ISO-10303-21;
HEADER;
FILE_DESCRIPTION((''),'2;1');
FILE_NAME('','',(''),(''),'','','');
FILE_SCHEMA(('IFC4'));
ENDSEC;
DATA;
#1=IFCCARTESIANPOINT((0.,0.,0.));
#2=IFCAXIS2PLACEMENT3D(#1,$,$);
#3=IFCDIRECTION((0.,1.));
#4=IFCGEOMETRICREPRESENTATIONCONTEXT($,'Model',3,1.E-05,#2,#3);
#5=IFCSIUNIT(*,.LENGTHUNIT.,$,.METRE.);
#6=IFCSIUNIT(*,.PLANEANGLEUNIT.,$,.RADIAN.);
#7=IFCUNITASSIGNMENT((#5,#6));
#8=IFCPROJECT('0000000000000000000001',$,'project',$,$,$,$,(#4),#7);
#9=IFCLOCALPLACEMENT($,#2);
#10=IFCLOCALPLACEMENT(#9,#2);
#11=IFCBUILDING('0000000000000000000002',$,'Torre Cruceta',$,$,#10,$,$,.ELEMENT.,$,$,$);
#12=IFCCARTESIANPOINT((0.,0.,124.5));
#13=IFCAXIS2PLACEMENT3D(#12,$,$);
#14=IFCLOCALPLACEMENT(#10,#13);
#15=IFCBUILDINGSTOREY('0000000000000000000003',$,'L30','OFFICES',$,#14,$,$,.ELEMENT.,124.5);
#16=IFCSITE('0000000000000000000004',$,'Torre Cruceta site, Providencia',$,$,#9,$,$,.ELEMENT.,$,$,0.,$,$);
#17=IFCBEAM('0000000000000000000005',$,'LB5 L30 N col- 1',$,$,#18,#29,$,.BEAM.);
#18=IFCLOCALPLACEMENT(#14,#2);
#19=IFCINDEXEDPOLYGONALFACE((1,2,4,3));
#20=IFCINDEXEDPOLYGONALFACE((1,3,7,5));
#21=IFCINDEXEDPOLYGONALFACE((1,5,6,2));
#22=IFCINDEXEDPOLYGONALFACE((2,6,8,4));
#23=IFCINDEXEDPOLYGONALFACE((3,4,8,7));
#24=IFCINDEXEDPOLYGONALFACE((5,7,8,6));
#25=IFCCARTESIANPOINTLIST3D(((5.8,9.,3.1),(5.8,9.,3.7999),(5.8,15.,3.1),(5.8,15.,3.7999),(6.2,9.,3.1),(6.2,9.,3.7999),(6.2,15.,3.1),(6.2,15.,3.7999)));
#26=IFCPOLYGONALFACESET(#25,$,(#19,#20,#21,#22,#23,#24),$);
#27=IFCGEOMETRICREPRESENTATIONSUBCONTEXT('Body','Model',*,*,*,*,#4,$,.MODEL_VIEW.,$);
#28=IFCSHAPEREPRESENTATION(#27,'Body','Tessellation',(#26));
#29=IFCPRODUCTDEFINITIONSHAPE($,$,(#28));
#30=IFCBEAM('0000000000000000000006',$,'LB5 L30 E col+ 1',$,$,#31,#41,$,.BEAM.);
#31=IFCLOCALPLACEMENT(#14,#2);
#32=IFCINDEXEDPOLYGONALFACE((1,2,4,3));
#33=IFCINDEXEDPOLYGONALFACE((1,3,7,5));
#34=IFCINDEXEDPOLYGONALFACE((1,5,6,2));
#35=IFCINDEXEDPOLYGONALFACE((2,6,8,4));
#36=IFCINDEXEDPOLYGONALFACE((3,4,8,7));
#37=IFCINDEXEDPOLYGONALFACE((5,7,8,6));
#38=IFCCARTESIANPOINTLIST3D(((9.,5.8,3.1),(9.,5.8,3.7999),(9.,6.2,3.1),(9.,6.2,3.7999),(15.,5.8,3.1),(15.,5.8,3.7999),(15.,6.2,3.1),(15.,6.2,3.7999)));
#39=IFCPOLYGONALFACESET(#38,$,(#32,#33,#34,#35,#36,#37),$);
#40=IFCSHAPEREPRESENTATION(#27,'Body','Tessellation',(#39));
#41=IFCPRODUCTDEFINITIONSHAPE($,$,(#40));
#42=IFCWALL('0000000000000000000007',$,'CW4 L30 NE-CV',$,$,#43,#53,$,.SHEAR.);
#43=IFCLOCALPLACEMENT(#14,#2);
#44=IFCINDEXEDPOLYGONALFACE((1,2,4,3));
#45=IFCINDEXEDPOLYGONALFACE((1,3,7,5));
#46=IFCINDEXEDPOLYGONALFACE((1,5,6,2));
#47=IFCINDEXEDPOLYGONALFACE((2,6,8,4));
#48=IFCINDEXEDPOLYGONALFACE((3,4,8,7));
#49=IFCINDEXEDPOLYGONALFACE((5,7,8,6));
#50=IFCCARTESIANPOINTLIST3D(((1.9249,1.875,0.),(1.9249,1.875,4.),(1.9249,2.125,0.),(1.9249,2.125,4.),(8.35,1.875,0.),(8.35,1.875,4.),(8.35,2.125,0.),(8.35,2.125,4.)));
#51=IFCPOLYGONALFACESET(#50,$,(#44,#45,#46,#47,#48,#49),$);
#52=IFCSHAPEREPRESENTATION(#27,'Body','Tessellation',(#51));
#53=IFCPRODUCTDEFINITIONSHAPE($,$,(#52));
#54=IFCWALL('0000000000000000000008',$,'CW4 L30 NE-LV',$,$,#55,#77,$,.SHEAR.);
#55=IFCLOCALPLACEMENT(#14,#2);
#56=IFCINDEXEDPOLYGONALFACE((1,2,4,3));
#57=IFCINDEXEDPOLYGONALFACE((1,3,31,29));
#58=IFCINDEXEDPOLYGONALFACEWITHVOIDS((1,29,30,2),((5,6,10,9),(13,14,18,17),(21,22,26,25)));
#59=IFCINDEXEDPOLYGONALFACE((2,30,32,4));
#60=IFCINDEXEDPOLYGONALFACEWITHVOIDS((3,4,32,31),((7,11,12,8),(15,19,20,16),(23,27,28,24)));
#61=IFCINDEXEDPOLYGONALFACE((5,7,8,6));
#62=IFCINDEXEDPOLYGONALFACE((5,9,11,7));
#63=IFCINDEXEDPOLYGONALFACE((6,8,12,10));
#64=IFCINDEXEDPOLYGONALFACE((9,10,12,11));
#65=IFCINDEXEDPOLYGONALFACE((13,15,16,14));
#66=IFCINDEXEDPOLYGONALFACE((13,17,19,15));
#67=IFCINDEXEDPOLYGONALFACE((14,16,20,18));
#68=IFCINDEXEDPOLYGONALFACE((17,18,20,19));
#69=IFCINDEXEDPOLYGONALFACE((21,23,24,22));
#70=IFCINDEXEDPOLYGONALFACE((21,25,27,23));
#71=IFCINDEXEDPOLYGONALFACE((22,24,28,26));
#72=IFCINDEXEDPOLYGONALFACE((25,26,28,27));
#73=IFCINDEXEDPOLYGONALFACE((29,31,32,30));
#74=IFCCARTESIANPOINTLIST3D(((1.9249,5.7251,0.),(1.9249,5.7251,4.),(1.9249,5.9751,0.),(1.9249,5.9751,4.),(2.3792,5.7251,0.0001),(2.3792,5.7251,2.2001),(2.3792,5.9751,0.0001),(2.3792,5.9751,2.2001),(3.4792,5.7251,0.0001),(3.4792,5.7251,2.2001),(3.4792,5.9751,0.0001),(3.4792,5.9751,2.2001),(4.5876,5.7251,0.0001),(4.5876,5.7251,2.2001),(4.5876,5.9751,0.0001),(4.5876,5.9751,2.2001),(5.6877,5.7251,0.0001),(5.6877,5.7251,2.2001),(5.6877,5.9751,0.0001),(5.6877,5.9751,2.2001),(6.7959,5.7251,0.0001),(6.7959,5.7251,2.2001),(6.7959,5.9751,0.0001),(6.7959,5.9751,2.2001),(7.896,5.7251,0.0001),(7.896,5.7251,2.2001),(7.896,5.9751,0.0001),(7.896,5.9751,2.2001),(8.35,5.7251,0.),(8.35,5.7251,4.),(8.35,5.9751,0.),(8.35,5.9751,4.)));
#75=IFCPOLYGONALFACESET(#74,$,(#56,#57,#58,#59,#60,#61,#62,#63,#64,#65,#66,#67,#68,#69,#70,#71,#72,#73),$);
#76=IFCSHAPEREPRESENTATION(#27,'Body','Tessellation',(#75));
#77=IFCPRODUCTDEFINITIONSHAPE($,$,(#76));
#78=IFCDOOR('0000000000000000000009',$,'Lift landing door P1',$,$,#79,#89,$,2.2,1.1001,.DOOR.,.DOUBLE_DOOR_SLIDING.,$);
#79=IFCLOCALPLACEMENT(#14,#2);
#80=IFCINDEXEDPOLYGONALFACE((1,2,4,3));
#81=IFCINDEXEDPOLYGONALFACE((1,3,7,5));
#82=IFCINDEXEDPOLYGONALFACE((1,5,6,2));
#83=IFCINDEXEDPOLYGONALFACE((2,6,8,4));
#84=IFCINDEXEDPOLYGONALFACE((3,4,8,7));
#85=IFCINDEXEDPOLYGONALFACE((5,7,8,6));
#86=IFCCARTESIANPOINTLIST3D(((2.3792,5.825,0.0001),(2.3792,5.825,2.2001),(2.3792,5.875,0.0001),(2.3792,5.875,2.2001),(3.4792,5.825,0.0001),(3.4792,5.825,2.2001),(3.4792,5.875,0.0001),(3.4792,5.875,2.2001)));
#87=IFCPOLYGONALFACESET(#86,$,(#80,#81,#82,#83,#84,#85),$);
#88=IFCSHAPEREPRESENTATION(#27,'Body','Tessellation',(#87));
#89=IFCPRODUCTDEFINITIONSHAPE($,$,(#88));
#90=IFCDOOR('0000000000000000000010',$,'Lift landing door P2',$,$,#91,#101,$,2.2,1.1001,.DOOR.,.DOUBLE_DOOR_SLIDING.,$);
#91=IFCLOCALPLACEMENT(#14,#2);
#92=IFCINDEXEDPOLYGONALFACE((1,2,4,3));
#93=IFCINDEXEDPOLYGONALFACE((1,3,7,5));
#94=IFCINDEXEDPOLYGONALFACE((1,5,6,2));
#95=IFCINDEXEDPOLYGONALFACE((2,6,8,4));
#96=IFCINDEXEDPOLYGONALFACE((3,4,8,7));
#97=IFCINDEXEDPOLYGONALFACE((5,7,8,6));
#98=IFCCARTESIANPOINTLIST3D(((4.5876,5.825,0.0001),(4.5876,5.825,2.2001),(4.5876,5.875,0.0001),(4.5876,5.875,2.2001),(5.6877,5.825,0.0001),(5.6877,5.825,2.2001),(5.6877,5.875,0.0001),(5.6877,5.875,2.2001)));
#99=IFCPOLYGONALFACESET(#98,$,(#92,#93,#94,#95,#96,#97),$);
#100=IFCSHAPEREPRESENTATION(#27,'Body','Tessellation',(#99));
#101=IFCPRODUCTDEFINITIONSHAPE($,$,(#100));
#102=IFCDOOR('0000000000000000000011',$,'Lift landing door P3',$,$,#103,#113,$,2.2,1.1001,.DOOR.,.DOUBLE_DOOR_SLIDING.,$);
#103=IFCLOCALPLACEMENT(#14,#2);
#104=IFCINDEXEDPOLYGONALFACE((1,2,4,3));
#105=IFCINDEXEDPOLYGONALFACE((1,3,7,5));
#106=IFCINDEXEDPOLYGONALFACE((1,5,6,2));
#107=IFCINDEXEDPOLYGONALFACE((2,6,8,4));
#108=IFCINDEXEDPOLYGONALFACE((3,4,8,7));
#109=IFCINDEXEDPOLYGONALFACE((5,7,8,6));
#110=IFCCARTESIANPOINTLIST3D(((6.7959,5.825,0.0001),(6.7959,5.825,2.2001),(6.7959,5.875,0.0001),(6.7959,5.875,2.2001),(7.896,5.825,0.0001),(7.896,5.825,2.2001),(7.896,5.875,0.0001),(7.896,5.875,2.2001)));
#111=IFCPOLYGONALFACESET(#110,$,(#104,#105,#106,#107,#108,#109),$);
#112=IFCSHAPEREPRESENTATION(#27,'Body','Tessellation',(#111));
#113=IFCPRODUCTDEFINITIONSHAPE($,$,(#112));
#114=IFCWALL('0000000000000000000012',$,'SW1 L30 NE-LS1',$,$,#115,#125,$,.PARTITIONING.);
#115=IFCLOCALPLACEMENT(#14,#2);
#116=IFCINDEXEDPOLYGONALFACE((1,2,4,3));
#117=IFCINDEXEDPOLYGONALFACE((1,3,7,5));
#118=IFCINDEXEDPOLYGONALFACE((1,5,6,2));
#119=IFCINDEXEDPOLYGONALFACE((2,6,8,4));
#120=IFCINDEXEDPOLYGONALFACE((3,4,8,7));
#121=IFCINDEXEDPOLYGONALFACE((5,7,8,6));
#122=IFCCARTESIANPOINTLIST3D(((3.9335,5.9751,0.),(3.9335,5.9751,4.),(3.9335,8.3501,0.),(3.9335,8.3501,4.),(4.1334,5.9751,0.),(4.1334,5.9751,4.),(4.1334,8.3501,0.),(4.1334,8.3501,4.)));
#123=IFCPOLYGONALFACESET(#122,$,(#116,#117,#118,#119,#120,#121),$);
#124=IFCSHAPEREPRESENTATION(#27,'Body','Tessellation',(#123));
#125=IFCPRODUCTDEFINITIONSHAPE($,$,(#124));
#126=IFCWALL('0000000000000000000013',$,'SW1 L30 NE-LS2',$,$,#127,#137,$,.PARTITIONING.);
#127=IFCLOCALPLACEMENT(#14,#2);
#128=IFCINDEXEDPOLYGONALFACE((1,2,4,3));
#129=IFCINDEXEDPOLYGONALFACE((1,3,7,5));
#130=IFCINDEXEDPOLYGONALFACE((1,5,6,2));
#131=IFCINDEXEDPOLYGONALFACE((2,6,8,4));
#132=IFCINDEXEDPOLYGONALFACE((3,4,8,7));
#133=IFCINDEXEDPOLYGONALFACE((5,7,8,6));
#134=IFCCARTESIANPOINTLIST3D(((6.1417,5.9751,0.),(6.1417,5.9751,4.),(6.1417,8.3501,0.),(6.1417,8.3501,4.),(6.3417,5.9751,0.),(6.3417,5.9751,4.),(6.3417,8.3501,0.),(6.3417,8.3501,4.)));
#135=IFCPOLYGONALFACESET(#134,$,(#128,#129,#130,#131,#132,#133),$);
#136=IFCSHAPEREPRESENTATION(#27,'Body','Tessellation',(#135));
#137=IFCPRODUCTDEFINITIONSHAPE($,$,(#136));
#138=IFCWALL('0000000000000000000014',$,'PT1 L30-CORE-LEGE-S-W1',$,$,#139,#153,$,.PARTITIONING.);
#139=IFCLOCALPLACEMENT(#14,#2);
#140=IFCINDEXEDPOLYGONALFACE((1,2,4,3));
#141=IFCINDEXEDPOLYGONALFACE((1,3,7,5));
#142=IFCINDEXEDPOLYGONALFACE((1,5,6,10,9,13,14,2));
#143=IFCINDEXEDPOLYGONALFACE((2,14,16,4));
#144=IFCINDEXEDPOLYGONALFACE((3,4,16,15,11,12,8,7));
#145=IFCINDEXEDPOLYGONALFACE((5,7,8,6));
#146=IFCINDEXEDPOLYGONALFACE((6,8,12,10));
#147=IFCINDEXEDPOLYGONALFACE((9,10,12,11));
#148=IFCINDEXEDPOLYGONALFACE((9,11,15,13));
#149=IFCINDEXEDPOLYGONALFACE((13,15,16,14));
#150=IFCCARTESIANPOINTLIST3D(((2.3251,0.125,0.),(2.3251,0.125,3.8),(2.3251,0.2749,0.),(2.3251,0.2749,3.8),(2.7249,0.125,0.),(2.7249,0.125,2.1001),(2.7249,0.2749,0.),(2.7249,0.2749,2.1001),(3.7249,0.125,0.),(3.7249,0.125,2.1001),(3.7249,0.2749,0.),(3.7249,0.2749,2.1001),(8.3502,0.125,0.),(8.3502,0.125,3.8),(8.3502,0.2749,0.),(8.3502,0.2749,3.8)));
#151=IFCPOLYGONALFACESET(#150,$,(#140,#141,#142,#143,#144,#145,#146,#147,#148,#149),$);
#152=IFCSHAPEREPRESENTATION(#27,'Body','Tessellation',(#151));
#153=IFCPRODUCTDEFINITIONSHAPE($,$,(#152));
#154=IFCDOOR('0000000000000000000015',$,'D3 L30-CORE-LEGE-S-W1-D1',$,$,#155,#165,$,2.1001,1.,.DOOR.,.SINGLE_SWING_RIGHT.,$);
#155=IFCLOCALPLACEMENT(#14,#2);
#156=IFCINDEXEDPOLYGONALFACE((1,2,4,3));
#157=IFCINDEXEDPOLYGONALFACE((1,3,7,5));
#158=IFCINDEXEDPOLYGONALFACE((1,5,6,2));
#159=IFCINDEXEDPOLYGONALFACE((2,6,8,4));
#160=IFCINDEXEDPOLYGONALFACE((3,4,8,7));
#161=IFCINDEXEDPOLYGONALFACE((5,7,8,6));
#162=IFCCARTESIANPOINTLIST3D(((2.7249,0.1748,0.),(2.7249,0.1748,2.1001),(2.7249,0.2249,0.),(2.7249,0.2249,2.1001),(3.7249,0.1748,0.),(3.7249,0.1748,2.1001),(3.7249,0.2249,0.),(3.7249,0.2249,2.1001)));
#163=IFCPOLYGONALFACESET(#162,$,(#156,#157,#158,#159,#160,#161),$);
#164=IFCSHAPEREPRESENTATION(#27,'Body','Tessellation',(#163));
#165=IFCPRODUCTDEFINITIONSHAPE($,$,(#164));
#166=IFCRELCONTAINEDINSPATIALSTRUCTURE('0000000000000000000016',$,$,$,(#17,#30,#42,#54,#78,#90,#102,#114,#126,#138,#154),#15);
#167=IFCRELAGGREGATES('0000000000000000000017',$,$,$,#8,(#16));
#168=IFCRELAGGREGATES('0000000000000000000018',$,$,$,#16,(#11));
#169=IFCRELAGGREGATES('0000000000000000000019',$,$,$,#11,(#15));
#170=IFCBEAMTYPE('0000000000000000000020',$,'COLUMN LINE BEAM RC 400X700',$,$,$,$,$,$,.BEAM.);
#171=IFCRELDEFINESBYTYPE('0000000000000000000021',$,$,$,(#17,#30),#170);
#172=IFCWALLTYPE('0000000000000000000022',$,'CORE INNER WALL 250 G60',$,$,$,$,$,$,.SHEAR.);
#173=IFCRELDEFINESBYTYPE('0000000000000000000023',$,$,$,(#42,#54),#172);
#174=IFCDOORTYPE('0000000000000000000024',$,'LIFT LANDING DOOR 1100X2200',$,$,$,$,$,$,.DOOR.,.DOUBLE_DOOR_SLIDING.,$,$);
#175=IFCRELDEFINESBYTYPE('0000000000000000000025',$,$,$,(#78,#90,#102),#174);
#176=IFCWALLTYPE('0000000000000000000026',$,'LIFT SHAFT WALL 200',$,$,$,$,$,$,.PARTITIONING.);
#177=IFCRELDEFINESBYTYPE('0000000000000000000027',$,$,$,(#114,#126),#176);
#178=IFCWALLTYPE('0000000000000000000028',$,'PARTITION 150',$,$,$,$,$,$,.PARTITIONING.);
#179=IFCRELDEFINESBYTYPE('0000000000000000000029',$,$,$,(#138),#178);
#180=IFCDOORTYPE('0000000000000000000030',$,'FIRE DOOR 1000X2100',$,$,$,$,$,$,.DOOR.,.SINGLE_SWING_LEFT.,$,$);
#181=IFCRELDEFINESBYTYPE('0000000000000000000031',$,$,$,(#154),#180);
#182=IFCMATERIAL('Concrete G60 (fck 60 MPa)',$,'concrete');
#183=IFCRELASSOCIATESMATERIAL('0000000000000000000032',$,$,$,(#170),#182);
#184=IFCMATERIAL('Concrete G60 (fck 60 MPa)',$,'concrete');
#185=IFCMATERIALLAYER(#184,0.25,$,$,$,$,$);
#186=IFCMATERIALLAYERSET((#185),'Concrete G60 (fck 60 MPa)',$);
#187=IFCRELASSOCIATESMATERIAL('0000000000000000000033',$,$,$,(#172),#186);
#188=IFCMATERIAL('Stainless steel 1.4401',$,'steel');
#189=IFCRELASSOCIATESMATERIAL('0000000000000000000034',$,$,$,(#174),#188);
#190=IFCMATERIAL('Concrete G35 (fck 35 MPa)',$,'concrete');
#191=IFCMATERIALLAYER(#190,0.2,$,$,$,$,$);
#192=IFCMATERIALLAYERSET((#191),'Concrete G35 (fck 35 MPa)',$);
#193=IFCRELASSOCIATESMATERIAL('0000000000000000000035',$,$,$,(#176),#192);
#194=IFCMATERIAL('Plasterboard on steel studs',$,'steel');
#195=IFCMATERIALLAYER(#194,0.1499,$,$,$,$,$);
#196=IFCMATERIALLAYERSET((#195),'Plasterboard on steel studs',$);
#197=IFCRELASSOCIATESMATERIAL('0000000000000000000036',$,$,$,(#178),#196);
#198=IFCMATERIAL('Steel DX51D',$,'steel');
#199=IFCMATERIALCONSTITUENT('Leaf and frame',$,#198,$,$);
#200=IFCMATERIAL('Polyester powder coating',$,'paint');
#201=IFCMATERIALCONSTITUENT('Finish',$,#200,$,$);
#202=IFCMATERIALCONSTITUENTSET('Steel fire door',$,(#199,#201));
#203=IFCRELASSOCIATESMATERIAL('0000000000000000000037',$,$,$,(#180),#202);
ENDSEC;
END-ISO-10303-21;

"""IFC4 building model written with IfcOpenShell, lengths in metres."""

from ifc_helpers import new_model, si_unit, direction, frame, frame_2d, origin, origin_2d, place, context, subcontext, project, spatial, rectangle, extrude, material, layer, layer_set, constituent, constituent_set, material_profile, profile_set, type_object, element, fill, save


model = new_model("IFC4")

# Units and contexts
model_context = context("Model", 3, precision=1e-05, world=origin(), true_north=direction((0.0, 1.0)))
body_context = subcontext(model_context, "Body", "Model", "MODEL_VIEW")
ifc_project = project(units=[si_unit("LENGTHUNIT", "METRE"), si_unit("PLANEANGLEUNIT", "RADIAN")], contexts=[model_context])

# Site, building, storey
site_placement = place(None, origin())
site = spatial("IfcSite", under=ifc_project, at=site_placement, Name="Torre Cruceta site, Providencia", CompositionType="ELEMENT", RefElevation=0.0)
building_placement = place(site_placement, origin())
building = spatial("IfcBuilding", under=site, at=building_placement, Name="Torre Cruceta", CompositionType="ELEMENT")
storey_placement = place(building_placement, frame((0.0, 0.0, 124.5)))
storey = spatial("IfcBuildingStorey", under=building, at=storey_placement, Name="L30", Description="OFFICES", CompositionType="ELEMENT", Elevation=124.5)

# Beams
ifc_material_1 = material(Name="Concrete G60 (fck 60 MPa)", Category="concrete")
ifc_material_profile = material_profile(ifc_material_1, rectangle(XDim=0.3999, YDim=0.7, at=origin_2d()), Name="RC 400X700")
ifc_profile_set = profile_set([ifc_material_profile], Name="Concrete G60 (fck 60 MPa)")
beam_type = type_object("IfcBeamType", Name="COLUMN LINE BEAM RC 400X700", PredefinedType="BEAM", material=ifc_profile_set)
for number, where, z_axis, x_axis, name in (
    (1, (6.0, 9.0, 3.45), (0.0, 1.0, 0.0), (-1.0, 0.0, 0.0), "LB5 L30 N col- 1"),
    (2, (9.0, 6.0, 3.45), (1.0, 0.0, 0.0), (0.0, 1.0, 0.0), "LB5 L30 E col+ 1"),
):
    element("IfcBeam", number, at=place(storey_placement, frame(where, z_axis=z_axis, x_axis=x_axis)), inside=storey, type_object=beam_type, Name=name, PredefinedType="BEAM", context=body_context, shape_type="SweptSolid", body=[
        extrude(rectangle(XDim=0.3999, YDim=0.7, at=origin_2d()), origin(), (0.0, 0.0, 1.0), 6.0),
    ])

# Shared definitions
ifc_material_2 = material(Name="Concrete G60 (fck 60 MPa)", Category="concrete")
ifc_layer_1 = layer(ifc_material_2, 0.25)
ifc_layer_set_1 = layer_set([ifc_layer_1], Name="Concrete G60 (fck 60 MPa)")
wall_type_1 = type_object("IfcWallType", Name="CORE INNER WALL 250 G60", PredefinedType="SHEAR", material=ifc_layer_set_1)

# Wall
wall_1_placement = place(storey_placement, frame((1.925, 2.0, 0.0), z_axis=(0.0, 0.0, 1.0), x_axis=(1.0, 0.0, 0.0)))
element("IfcWall", 3, at=wall_1_placement, inside=storey, type_object=wall_type_1, Name="CW4 L30 NE-CV", PredefinedType="SHEAR", context=body_context, shape_type="SweptSolid", body=[
    extrude(rectangle(XDim=6.425, YDim=0.25, at=frame_2d((3.2124, 0.0))), origin(), (0.0, 0.0, 1.0), 4.0),
])

# Wall, openings, doors
wall_2_placement = place(storey_placement, frame((1.925, 5.8501, 0.0), z_axis=(0.0, 0.0, 1.0), x_axis=(1.0, 0.0, 0.0)))
wall_2 = element("IfcWall", 4, at=wall_2_placement, inside=storey, type_object=wall_type_1, Name="CW4 L30 NE-LV", PredefinedType="SHEAR", context=body_context, shape_type="SweptSolid", body=[
    extrude(rectangle(XDim=6.425, YDim=0.25, at=frame_2d((3.2124, 0.0))), origin(), (0.0, 0.0, 1.0), 4.0),
])
opening_1_placement = place(wall_2_placement, frame((0.4541, 0.0, 0.0)))
opening_1 = element("IfcOpeningElement", 5, at=opening_1_placement, cuts=wall_2, PredefinedType="OPENING", context=body_context, shape_type="SweptSolid", body=[
    extrude(rectangle(XDim=1.1001, YDim=2.2, at=frame_2d((0.55, 1.1001))), frame((0.0, 0.135, 0.0), z_axis=(0.0, -1.0, 0.0), x_axis=(1.0, 0.0, 0.0)), (0.0, 0.0, 1.0), 0.27),
])
opening_2_placement = place(wall_2_placement, frame((2.6626, 0.0, 0.0)))
opening_2 = element("IfcOpeningElement", 6, at=opening_2_placement, cuts=wall_2, PredefinedType="OPENING", context=body_context, shape_type="SweptSolid", body=[
    extrude(rectangle(XDim=1.1001, YDim=2.2, at=frame_2d((0.55, 1.1001))), frame((0.0, 0.135, 0.0), z_axis=(0.0, -1.0, 0.0), x_axis=(1.0, 0.0, 0.0)), (0.0, 0.0, 1.0), 0.27),
])
opening_3_placement = place(wall_2_placement, frame((4.8708, 0.0, 0.0)))
opening_3 = element("IfcOpeningElement", 7, at=opening_3_placement, cuts=wall_2, PredefinedType="OPENING", context=body_context, shape_type="SweptSolid", body=[
    extrude(rectangle(XDim=1.1001, YDim=2.2, at=frame_2d((0.55, 1.1001))), frame((0.0, 0.135, 0.0), z_axis=(0.0, -1.0, 0.0), x_axis=(1.0, 0.0, 0.0)), (0.0, 0.0, 1.0), 0.27),
])
ifc_material_3 = material(Name="Stainless steel 1.4401", Category="steel")
door_type_1 = type_object("IfcDoorType", Name="LIFT LANDING DOOR 1100X2200", OperationType="DOUBLE_DOOR_SLIDING", PredefinedType="DOOR", material=ifc_material_3)
door_1_placement = place(opening_1_placement, origin())
door_1 = element("IfcDoor", 8, at=door_1_placement, inside=storey, type_object=door_type_1, Name="Lift landing door P1", OperationType="DOUBLE_DOOR_SLIDING", OverallHeight=2.2, OverallWidth=1.1001, PredefinedType="DOOR", context=body_context, shape_type="SweptSolid", body=[
    extrude(rectangle(XDim=1.1001, YDim=2.2, at=frame_2d((0.55, 1.1001))), frame((0.0, 0.0249, 0.0), z_axis=(0.0, -1.0, 0.0), x_axis=(1.0, 0.0, 0.0)), (0.0, 0.0, 1.0), 0.05),
])
fill(opening_1, door_1)
door_2_placement = place(opening_2_placement, origin())
door_2 = element("IfcDoor", 9, at=door_2_placement, inside=storey, type_object=door_type_1, Name="Lift landing door P2", OperationType="DOUBLE_DOOR_SLIDING", OverallHeight=2.2, OverallWidth=1.1001, PredefinedType="DOOR", context=body_context, shape_type="SweptSolid", body=[
    extrude(rectangle(XDim=1.1001, YDim=2.2, at=frame_2d((0.55, 1.1001))), frame((0.0, 0.0249, 0.0), z_axis=(0.0, -1.0, 0.0), x_axis=(1.0, 0.0, 0.0)), (0.0, 0.0, 1.0), 0.05),
])
fill(opening_2, door_2)
door_3_placement = place(opening_3_placement, origin())
door_3 = element("IfcDoor", 10, at=door_3_placement, inside=storey, type_object=door_type_1, Name="Lift landing door P3", OperationType="DOUBLE_DOOR_SLIDING", OverallHeight=2.2, OverallWidth=1.1001, PredefinedType="DOOR", context=body_context, shape_type="SweptSolid", body=[
    extrude(rectangle(XDim=1.1001, YDim=2.2, at=frame_2d((0.55, 1.1001))), frame((0.0, 0.0249, 0.0), z_axis=(0.0, -1.0, 0.0), x_axis=(1.0, 0.0, 0.0)), (0.0, 0.0, 1.0), 0.05),
])
fill(opening_3, door_3)

# Walls
ifc_material_4 = material(Name="Concrete G35 (fck 35 MPa)", Category="concrete")
ifc_layer_2 = layer(ifc_material_4, 0.2)
ifc_layer_set_2 = layer_set([ifc_layer_2], Name="Concrete G35 (fck 35 MPa)")
wall_type_2 = type_object("IfcWallType", Name="LIFT SHAFT WALL 200", PredefinedType="PARTITIONING", material=ifc_layer_set_2)
for number, where, z_axis, x_axis, name in (
    (11, (4.0334, 5.9751, 0.0), (0.0, 0.0, 1.0), (0.0, 1.0, 0.0), "SW1 L30 NE-LS1"),
    (12, (6.2417, 5.9751, 0.0), (0.0, 0.0, 1.0), (0.0, 1.0, 0.0), "SW1 L30 NE-LS2"),
):
    element("IfcWall", number, at=place(storey_placement, frame(where, z_axis=z_axis, x_axis=x_axis)), inside=storey, type_object=wall_type_2, Name=name, PredefinedType="PARTITIONING", context=body_context, shape_type="SweptSolid", body=[
        extrude(rectangle(XDim=2.375, YDim=0.2, at=frame_2d((1.1875, 0.0))), origin(), (0.0, 0.0, 1.0), 4.0),
    ])

# Wall, opening, door
ifc_material_5 = material(Name="Plasterboard on steel studs", Category="steel")
ifc_layer_3 = layer(ifc_material_5, 0.1499)
ifc_layer_set_3 = layer_set([ifc_layer_3], Name="Plasterboard on steel studs")
wall_type_3 = type_object("IfcWallType", Name="PARTITION 150", PredefinedType="PARTITIONING", material=ifc_layer_set_3)
wall_3_placement = place(storey_placement, frame((2.325, 0.2, 0.0), z_axis=(0.0, 0.0, 1.0), x_axis=(1.0, 0.0, 0.0)))
wall_3 = element("IfcWall", 13, at=wall_3_placement, inside=storey, type_object=wall_type_3, Name="PT1 L30-CORE-LEGE-S-W1", PredefinedType="PARTITIONING", context=body_context, shape_type="SweptSolid", body=[
    extrude(rectangle(XDim=6.0251, YDim=0.1499, at=frame_2d((3.0127, 0.0))), origin(), (0.0, 0.0, 1.0), 3.8),
])
opening_4_placement = place(wall_3_placement, frame((0.3999, 0.0, 0.0)))
opening_4 = element("IfcOpeningElement", 14, at=opening_4_placement, cuts=wall_3, PredefinedType="OPENING", context=body_context, shape_type="SweptSolid", body=[
    extrude(rectangle(XDim=1.0, YDim=2.1001, at=frame_2d((0.5, 1.05))), frame((0.0, 0.085, 0.0), z_axis=(0.0, -1.0, 0.0), x_axis=(1.0, 0.0, 0.0)), (0.0, 0.0, 1.0), 0.1699),
])
ifc_material_6 = material(Name="Steel DX51D", Category="steel")
ifc_constituent_1 = constituent(ifc_material_6, Name="Leaf and frame")
ifc_material_7 = material(Name="Polyester powder coating", Category="paint")
ifc_constituent_2 = constituent(ifc_material_7, Name="Finish")
ifc_constituent_set_1 = constituent_set(constituents=[ifc_constituent_1, ifc_constituent_2], Name="Steel fire door")
door_type_2 = type_object("IfcDoorType", Name="FIRE DOOR 1000X2100", OperationType="SINGLE_SWING_LEFT", PredefinedType="DOOR", material=ifc_constituent_set_1)
door_4_placement = place(opening_4_placement, frame((1.0, 0.0, 0.0), z_axis=(0.0, 0.0, 1.0), x_axis=(-1.0, 0.0, 0.0)))
door_4 = element("IfcDoor", 15, at=door_4_placement, inside=storey, type_object=door_type_2, Name="D3 L30-CORE-LEGE-S-W1-D1", OperationType="SINGLE_SWING_RIGHT", OverallHeight=2.1001, OverallWidth=1.0, PredefinedType="DOOR", context=body_context, shape_type="SweptSolid", body=[
    extrude(rectangle(XDim=1.0, YDim=2.1001, at=frame_2d((0.5, 1.05))), frame((0.0, 0.0251, 0.0), z_axis=(0.0, -1.0, 0.0), x_axis=(1.0, 0.0, 0.0)), (0.0, 0.0, 1.0), 0.05),
])
fill(opening_4, door_4)

save(model, "model.ifc")
